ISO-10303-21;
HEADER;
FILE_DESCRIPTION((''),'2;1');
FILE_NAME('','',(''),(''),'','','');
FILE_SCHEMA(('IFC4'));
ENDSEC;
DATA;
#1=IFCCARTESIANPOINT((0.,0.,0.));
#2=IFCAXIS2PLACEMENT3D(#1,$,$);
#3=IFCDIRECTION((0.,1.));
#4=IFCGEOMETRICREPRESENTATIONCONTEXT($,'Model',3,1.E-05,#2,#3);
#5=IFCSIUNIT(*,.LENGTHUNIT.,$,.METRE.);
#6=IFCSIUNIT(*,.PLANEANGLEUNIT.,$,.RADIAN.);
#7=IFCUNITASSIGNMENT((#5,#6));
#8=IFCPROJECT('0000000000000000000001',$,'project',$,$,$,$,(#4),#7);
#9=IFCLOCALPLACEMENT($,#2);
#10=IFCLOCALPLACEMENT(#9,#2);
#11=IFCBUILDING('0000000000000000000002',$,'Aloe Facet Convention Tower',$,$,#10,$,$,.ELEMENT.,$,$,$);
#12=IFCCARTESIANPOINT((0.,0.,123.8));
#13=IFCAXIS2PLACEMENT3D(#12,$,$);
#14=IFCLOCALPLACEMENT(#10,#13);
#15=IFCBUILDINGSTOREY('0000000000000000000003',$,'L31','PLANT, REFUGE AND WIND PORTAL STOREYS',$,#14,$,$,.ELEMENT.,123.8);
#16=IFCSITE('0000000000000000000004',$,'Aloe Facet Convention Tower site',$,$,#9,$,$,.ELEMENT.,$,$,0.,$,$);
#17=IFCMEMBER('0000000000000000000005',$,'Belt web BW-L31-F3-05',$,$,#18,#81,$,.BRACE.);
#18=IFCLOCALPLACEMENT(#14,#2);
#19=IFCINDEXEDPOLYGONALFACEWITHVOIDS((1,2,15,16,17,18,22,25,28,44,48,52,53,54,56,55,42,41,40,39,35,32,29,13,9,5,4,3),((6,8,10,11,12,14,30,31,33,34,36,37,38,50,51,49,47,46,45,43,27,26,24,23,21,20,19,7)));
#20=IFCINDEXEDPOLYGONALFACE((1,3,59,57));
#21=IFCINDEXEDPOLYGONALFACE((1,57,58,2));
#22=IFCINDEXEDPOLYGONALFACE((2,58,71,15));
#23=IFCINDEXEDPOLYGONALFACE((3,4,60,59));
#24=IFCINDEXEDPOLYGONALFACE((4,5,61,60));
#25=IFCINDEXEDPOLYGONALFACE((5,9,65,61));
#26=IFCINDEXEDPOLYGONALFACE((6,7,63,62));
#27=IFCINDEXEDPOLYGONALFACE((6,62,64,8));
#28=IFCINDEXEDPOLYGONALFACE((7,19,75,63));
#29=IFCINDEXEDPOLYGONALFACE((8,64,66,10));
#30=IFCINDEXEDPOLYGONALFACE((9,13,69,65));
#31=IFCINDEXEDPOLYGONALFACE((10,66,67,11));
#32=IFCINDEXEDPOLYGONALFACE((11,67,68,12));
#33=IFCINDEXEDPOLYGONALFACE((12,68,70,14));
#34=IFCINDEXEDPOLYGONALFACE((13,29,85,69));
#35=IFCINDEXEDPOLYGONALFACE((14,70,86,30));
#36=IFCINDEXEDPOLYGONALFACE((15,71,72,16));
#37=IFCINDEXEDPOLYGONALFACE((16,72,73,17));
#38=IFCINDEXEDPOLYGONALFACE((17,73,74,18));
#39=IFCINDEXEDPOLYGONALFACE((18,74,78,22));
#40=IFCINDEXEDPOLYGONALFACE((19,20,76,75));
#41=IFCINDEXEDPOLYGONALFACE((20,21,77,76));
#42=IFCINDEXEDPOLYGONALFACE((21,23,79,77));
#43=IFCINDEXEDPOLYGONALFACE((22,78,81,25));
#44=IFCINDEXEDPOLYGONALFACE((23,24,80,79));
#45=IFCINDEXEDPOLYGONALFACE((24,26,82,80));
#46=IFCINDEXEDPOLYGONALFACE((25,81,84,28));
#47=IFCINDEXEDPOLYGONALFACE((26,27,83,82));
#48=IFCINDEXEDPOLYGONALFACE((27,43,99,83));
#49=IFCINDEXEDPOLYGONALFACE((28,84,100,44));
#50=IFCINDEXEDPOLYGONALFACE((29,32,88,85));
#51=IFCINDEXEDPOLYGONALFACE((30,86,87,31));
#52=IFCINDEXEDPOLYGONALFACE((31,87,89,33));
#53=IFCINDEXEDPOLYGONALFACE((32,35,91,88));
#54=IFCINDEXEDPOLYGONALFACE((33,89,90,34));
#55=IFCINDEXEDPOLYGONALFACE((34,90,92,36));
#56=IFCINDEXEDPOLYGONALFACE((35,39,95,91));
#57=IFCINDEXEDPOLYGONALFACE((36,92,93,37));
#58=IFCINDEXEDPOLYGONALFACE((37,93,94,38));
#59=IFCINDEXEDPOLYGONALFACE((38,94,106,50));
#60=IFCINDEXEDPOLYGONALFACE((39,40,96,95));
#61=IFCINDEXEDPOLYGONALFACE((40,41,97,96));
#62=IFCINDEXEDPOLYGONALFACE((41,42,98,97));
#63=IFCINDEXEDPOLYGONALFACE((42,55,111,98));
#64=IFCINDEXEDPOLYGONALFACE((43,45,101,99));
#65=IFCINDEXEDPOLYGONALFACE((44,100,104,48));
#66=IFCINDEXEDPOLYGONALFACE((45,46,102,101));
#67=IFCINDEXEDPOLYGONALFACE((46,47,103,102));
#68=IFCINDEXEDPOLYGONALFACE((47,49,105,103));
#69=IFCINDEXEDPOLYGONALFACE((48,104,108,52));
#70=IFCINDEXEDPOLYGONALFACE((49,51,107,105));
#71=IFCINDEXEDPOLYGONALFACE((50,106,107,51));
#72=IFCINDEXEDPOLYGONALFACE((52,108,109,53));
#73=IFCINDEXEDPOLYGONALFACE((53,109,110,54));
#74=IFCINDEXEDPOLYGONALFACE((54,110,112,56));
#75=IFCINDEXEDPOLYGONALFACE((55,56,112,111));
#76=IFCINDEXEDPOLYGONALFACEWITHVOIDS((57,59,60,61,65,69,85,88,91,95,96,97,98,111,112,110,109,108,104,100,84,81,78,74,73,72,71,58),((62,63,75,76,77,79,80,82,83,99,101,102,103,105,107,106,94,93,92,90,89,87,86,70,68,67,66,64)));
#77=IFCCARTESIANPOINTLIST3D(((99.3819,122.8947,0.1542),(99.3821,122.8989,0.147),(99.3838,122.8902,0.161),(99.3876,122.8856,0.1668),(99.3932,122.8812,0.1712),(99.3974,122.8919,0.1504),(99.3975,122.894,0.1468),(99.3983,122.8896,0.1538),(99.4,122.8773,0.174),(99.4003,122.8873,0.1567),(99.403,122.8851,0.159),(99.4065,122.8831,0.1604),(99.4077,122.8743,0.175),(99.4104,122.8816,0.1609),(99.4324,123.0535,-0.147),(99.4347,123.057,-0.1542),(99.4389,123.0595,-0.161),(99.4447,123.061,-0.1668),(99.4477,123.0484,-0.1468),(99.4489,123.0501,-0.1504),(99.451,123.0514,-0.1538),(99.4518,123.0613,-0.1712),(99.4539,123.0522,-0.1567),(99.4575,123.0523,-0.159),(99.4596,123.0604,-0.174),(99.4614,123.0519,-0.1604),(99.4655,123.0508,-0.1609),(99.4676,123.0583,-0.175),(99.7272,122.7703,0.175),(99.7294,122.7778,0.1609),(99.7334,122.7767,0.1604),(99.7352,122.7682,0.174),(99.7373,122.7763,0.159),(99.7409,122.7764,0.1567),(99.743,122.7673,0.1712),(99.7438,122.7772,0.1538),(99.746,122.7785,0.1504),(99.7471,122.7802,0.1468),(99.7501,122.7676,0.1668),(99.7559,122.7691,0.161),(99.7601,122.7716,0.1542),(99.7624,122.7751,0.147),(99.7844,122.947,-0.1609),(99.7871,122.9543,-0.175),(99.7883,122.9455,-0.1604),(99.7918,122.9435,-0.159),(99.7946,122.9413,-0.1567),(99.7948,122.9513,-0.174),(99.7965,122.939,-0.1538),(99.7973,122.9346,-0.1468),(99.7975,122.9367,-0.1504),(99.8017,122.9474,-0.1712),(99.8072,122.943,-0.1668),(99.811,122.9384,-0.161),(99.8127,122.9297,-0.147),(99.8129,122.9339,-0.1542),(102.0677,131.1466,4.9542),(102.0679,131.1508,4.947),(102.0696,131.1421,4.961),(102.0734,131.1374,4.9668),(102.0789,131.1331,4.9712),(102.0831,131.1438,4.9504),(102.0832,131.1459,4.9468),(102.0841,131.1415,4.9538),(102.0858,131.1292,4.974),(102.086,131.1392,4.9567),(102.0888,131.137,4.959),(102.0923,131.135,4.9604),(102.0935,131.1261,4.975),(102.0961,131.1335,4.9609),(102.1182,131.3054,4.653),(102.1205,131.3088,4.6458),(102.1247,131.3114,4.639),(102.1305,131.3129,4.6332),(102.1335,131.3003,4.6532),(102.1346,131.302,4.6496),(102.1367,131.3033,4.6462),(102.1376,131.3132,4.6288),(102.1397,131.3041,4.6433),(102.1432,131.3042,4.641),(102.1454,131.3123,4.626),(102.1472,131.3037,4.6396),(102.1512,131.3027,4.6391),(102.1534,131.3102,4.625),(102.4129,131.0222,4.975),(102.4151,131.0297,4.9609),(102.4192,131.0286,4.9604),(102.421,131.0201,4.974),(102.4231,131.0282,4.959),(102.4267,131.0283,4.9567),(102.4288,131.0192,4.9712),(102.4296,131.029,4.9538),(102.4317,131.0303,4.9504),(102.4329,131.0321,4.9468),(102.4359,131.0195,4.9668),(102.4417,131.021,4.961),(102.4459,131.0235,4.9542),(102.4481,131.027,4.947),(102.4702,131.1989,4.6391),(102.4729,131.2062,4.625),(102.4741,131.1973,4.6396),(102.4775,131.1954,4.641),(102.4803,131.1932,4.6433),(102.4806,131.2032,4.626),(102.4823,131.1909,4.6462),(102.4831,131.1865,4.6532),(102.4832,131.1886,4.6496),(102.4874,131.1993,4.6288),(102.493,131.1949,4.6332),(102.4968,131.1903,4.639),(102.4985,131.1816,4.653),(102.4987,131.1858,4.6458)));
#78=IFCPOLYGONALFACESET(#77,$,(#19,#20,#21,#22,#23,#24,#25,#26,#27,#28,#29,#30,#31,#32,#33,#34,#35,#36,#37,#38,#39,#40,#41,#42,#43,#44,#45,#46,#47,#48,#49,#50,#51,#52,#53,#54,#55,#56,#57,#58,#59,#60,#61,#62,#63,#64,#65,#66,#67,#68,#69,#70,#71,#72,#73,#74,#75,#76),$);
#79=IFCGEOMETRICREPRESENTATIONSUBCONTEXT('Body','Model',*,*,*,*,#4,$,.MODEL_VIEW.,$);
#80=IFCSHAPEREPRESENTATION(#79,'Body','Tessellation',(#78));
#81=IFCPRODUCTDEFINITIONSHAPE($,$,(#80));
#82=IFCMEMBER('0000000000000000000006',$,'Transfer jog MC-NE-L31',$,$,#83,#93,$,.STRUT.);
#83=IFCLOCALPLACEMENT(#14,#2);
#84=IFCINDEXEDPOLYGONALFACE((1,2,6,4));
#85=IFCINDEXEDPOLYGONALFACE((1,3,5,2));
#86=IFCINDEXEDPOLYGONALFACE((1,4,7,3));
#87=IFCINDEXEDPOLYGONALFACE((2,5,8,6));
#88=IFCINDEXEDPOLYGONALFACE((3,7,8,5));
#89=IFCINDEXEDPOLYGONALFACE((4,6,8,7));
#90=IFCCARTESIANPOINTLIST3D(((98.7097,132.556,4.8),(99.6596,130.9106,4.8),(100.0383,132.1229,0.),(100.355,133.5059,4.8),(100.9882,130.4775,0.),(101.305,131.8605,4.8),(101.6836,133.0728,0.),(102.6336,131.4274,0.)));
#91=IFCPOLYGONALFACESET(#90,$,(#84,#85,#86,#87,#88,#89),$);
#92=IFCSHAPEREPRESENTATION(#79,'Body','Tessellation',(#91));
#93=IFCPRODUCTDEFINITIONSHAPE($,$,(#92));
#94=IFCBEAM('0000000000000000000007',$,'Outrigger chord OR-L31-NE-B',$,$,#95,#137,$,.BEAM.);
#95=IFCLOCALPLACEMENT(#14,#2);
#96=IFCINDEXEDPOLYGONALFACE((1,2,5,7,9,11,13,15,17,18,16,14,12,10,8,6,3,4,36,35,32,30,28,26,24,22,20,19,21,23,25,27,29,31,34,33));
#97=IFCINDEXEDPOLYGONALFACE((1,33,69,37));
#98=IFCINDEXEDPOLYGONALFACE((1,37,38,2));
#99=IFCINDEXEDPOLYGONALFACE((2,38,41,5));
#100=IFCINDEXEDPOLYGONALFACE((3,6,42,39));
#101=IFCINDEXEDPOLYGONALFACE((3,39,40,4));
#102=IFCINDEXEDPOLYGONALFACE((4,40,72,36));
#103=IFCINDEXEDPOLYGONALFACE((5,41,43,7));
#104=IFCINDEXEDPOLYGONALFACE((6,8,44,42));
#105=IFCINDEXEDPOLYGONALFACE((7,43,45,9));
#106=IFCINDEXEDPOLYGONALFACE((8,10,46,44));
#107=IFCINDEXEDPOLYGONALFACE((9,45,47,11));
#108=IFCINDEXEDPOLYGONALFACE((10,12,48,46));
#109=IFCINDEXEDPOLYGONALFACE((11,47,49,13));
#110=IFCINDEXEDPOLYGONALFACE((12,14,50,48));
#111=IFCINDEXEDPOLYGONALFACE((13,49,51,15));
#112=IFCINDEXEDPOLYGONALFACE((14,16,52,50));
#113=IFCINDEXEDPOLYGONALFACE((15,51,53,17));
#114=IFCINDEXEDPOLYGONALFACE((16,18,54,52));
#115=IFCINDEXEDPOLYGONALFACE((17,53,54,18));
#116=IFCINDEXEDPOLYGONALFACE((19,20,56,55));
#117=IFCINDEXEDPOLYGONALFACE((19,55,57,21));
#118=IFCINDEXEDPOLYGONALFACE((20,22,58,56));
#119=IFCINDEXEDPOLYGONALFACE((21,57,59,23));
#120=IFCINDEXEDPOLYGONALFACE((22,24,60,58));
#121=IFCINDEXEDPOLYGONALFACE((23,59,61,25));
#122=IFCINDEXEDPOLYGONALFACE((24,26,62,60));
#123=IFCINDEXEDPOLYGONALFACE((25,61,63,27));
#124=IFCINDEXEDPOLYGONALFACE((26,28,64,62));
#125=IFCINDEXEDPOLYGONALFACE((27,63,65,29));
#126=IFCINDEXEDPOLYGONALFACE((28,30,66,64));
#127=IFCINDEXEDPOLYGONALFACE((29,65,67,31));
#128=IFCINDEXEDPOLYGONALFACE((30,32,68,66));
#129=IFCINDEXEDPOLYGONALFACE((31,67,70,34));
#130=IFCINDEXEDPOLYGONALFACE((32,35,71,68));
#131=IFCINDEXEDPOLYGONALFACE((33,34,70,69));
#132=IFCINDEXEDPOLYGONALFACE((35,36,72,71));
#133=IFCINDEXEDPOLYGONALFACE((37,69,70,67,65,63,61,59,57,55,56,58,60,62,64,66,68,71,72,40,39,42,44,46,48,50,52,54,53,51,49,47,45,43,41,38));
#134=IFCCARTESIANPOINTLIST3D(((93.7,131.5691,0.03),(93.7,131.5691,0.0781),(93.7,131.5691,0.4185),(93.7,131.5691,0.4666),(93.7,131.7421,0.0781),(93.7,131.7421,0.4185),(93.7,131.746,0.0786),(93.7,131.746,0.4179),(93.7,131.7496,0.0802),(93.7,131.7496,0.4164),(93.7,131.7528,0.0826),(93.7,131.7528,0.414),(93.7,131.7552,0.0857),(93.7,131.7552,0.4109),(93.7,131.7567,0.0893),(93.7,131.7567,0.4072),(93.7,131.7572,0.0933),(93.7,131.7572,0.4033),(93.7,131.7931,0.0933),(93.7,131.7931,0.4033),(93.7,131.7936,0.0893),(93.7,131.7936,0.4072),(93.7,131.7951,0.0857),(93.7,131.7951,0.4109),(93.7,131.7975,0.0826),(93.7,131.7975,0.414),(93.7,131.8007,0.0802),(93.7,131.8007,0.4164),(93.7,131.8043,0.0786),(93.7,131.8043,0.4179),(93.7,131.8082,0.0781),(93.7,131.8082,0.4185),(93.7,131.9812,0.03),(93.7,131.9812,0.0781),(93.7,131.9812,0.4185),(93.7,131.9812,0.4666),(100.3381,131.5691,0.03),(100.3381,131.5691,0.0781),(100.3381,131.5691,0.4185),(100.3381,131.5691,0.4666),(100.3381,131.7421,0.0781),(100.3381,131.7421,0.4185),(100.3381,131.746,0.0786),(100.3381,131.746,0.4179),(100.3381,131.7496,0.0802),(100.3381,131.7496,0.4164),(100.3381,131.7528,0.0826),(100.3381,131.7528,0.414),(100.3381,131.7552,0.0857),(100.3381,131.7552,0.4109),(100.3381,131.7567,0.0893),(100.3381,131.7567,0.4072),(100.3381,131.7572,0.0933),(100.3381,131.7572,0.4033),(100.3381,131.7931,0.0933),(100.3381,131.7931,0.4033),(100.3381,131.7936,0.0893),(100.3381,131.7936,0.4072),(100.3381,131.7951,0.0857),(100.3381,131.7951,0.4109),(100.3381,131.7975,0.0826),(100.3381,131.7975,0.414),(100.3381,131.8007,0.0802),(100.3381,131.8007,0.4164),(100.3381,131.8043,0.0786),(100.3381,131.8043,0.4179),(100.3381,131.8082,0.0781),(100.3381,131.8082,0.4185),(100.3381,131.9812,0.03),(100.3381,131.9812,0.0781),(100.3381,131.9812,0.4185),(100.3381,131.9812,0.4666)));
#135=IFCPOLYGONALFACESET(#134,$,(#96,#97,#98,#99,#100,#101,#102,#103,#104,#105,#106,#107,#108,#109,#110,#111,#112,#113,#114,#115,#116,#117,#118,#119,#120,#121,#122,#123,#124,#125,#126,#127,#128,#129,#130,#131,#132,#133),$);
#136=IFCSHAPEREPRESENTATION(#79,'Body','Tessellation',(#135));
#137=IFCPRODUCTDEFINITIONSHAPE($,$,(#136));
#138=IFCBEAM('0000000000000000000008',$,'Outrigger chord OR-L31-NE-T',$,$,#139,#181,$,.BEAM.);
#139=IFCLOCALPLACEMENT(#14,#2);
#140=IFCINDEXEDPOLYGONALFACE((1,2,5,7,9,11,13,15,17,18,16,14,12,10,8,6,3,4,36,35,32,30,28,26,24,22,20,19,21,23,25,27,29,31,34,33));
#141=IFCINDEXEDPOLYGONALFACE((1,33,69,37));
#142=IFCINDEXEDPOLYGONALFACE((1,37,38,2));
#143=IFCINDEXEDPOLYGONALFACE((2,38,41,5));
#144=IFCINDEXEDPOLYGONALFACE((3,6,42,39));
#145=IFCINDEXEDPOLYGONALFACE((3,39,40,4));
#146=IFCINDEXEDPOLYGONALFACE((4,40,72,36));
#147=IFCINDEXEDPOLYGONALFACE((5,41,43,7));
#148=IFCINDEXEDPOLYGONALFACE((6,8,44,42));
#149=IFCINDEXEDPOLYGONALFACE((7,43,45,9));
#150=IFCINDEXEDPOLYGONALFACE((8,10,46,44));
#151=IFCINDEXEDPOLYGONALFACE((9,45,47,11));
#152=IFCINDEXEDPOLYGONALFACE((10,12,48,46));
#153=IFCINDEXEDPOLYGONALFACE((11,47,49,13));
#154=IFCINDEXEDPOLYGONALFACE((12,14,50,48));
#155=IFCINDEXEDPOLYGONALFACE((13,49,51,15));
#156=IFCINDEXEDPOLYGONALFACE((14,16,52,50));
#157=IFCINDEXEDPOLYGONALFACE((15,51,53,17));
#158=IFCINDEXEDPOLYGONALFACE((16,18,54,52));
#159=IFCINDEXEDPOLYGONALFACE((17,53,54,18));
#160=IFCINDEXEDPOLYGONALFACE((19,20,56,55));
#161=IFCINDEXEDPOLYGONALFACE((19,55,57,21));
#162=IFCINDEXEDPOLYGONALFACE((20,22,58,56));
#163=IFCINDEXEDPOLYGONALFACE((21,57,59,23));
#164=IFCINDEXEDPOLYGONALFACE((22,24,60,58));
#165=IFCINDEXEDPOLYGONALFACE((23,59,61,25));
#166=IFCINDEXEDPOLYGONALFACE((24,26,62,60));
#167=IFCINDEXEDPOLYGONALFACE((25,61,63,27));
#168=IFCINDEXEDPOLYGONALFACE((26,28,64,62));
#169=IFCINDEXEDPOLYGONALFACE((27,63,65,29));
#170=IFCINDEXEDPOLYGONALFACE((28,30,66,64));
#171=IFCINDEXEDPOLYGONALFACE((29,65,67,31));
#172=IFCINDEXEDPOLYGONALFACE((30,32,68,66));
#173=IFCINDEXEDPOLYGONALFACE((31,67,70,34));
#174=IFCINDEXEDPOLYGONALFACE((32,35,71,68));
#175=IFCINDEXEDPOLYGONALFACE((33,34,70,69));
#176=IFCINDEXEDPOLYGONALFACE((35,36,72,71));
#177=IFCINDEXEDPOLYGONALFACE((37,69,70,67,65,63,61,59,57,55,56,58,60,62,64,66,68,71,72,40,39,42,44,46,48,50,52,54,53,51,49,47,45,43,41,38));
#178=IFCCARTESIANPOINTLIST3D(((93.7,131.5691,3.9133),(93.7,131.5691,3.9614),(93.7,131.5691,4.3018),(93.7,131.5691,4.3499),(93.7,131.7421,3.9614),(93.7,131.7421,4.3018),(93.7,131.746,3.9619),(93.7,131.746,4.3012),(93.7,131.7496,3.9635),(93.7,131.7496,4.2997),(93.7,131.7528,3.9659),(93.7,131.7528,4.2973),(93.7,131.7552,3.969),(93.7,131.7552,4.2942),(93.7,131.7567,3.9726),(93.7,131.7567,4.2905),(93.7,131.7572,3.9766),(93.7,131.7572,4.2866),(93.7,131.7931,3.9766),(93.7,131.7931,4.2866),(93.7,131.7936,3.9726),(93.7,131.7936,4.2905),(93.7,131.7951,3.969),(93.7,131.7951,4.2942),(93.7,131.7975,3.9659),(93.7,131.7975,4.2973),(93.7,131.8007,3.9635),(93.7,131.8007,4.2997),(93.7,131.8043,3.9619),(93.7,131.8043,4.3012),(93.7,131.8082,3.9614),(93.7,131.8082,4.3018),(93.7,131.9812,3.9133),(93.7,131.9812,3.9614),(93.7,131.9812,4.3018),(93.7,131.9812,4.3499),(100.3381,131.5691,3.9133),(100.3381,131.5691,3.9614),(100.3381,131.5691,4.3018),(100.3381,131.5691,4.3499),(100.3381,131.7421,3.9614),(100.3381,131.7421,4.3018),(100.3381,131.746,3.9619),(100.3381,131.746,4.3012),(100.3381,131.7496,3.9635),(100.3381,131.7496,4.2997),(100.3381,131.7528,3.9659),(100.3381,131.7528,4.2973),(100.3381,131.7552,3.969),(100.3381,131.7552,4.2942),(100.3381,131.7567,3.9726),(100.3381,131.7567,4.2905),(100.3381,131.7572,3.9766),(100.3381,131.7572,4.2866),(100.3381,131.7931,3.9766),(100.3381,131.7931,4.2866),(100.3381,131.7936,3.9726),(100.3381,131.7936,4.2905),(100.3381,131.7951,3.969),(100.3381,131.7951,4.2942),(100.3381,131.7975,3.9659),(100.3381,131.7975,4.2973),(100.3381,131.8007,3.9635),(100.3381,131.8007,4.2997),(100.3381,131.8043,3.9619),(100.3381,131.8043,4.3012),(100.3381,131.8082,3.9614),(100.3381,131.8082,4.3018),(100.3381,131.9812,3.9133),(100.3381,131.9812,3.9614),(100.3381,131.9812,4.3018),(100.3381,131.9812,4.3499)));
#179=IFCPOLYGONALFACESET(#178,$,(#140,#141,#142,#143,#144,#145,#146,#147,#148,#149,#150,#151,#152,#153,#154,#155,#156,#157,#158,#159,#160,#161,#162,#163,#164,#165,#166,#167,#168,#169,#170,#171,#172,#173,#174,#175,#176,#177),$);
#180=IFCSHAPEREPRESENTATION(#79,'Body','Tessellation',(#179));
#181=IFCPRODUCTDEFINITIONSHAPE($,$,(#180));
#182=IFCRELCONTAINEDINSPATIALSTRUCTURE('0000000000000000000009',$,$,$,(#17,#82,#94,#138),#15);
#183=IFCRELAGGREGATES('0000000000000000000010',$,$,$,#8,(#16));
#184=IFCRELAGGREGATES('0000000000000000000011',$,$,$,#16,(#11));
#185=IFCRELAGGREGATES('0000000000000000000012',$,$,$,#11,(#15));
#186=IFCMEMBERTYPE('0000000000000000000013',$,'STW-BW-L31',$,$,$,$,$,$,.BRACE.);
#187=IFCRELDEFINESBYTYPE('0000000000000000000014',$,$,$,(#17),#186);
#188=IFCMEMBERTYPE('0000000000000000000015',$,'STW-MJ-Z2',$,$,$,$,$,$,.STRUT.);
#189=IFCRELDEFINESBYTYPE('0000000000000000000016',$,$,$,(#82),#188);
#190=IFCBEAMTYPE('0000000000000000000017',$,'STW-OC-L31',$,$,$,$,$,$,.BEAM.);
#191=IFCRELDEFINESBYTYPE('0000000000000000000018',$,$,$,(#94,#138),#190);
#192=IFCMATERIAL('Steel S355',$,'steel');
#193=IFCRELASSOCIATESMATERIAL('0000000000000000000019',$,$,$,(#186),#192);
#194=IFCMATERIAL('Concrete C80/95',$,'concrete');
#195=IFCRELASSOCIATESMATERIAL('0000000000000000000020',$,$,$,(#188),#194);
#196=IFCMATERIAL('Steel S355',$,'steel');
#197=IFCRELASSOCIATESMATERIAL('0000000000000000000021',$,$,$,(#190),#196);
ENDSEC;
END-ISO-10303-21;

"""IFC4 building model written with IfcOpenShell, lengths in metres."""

from ifc_helpers import new_model, si_unit, direction, frame, origin, origin_2d, place, context, subcontext, project, spatial, rectangle, hollow_rectangle, i_section, extrude, material, material_profile, profile_set, type_object, element, save


model = new_model("IFC4")

# Units and contexts
model_context = context("Model", 3, precision=1e-05, world=origin(), true_north=direction((0.0, 1.0)))
body_context = subcontext(model_context, "Body", "Model", "MODEL_VIEW")
ifc_project = project(units=[si_unit("LENGTHUNIT", "METRE"), si_unit("PLANEANGLEUNIT", "RADIAN")], contexts=[model_context])

# Site, building, storey
site_placement = place(None, origin())
site = spatial("IfcSite", under=ifc_project, at=site_placement, Name="Aloe Facet Convention Tower site", CompositionType="ELEMENT", RefElevation=0.0)
building_placement = place(site_placement, origin())
building = spatial("IfcBuilding", under=site, at=building_placement, Name="Aloe Facet Convention Tower", CompositionType="ELEMENT")
storey_placement = place(building_placement, frame((0.0, 0.0, 123.8)))
storey = spatial("IfcBuildingStorey", under=building, at=storey_placement, Name="L31", Description="PLANT, REFUGE AND WIND PORTAL STOREYS", CompositionType="ELEMENT", Elevation=123.8)

# Members
ifc_material_1 = material(Name="Steel S355", Category="steel")
ifc_material_profile_1 = material_profile(ifc_material_1, hollow_rectangle(XDim=0.3999, YDim=0.3999, WallThickness=0.0161, InnerFilletRadius=0.0161, OuterFilletRadius=0.032, at=origin_2d()), Name="SHS 400x400x16")
ifc_profile_set_1 = profile_set([ifc_material_profile_1], Name="Steel S355")
member_type_1 = type_object("IfcMemberType", Name="STW-BW-L31", PredefinedType="BRACE", material=ifc_profile_set_1)
member_1_placement = place(storey_placement, frame((99.5974, 122.9143, 0.0), z_axis=(0.270825, 0.832094, 0.484018), x_axis=(-0.950902, 0.309493, 0.0)))
element("IfcMember", 1, at=member_1_placement, inside=storey, type_object=member_type_1, Name="Belt web BW-L31-F3-05", PredefinedType="BRACE", context=body_context, shape_type="SweptSolid", body=[
    extrude(hollow_rectangle(XDim=0.3999, YDim=0.3999, WallThickness=0.0161, InnerFilletRadius=0.0161, OuterFilletRadius=0.032, at=origin_2d()), origin(), (0.0, 0.0, 1.0), 9.917),
])
ifc_material_2 = material(Name="Concrete C80/95", Category="concrete")
ifc_material_profile_2 = material_profile(ifc_material_2, rectangle(XDim=1.8999, YDim=1.8999, at=origin_2d()), Name="STW-MJ-Z2")
ifc_profile_set_2 = profile_set([ifc_material_profile_2], Name="Concrete C80/95")
member_type_2 = type_object("IfcMemberType", Name="STW-MJ-Z2", PredefinedType="STRUT", material=ifc_profile_set_2)
member_2_placement = place(storey_placement, frame((101.3359, 131.7751, 0.0), z_axis=(0.0, 0.0, 1.0), x_axis=(-0.5, 0.866025, 0.0)))
element("IfcMember", 2, at=member_2_placement, inside=storey, type_object=member_type_2, Name="Transfer jog MC-NE-L31", PredefinedType="STRUT", context=body_context, shape_type="SweptSolid", body=[
    extrude(rectangle(XDim=1.8999, YDim=1.8999, at=origin_2d()), origin(), (0.207905, 0.186837, 0.960139), 4.9993),
])

# Beams
ifc_material_3 = material(Name="Steel S355", Category="steel")
ifc_material_profile_3 = material_profile(ifc_material_3, i_section(OverallWidth=0.4121, OverallDepth=0.4365, WebThickness=0.0359, FlangeThickness=0.0481, FilletRadius=0.0151, at=origin_2d()), Name="UC 356x406x467")
ifc_profile_set_3 = profile_set([ifc_material_profile_3], Name="Steel S355")
beam_type_1 = type_object("IfcBeamType", Name="STW-OC-L31", PredefinedType="BEAM", material=ifc_profile_set_3)
for number, where, z_axis, x_axis, name in (
    (3, (93.7, 131.7751, 0.2483), (1.0, 0.0, 0.0), (0.0, 1.0, 0.0), "Outrigger chord OR-L31-NE-B"),
    (4, (93.7, 131.7751, 4.1316), (1.0, 0.0, 0.0), (0.0, 1.0, 0.0), "Outrigger chord OR-L31-NE-T"),
):
    element("IfcBeam", number, at=place(storey_placement, frame(where, z_axis=z_axis, x_axis=x_axis)), inside=storey, type_object=beam_type_1, Name=name, PredefinedType="BEAM", context=body_context, shape_type="SweptSolid", body=[
        extrude(i_section(OverallWidth=0.4121, OverallDepth=0.4365, WebThickness=0.0359, FlangeThickness=0.0481, FilletRadius=0.0151, at=origin_2d()), origin(), (0.0, 0.0, 1.0), 6.6382),
    ])

save(model, "model.ifc")
